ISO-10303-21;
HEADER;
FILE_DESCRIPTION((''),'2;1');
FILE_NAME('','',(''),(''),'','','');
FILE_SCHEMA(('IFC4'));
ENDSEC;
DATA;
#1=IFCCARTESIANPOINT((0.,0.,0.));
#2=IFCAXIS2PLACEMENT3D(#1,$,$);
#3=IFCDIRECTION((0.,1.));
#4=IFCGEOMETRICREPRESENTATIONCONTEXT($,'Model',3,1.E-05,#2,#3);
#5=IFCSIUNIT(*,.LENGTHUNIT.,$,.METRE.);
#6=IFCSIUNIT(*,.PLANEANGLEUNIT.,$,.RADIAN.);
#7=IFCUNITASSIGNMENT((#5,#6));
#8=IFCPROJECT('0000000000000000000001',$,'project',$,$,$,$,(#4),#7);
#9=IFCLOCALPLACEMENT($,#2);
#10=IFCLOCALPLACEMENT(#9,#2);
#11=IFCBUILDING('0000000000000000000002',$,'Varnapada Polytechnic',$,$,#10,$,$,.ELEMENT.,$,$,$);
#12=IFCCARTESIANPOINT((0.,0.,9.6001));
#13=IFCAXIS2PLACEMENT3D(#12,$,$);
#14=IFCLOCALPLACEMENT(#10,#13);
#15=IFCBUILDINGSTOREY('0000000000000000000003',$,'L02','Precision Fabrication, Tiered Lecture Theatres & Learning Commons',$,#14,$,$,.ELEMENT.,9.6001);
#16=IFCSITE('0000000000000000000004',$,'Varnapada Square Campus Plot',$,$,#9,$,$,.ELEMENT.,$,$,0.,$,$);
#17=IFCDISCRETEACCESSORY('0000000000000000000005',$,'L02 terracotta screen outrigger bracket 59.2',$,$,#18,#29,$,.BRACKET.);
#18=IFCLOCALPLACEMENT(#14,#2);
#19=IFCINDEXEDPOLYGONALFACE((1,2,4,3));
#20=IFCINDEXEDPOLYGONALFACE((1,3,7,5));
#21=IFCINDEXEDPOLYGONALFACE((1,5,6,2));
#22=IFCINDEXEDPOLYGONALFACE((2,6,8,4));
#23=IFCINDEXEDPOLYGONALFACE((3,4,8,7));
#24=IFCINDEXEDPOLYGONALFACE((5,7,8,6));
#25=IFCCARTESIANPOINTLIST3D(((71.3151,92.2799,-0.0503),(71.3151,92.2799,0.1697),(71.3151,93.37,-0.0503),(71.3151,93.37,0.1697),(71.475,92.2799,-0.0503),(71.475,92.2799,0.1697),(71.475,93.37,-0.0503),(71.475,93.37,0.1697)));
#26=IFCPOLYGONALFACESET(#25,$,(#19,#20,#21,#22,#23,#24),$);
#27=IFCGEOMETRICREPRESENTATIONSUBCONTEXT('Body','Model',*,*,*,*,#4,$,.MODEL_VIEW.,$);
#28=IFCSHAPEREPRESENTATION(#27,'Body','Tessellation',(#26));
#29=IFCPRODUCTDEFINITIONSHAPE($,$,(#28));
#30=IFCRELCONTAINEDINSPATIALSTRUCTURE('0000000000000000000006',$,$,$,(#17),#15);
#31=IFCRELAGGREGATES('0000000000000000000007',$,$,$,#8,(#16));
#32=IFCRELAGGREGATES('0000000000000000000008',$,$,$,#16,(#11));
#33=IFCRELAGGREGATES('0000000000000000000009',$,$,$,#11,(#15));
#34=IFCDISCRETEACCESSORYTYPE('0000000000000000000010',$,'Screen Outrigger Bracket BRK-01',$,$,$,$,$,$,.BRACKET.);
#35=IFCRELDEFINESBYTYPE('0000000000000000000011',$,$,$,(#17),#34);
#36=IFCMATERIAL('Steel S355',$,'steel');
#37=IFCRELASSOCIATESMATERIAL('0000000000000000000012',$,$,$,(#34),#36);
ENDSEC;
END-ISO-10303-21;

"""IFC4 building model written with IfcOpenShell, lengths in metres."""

from ifc_helpers import new_model, si_unit, direction, frame, origin, origin_2d, place, context, subcontext, project, spatial, rectangle, extrude, material, type_object, element, save


model = new_model("IFC4")

# Units and contexts
model_context = context("Model", 3, precision=1e-05, world=origin(), true_north=direction((0.0, 1.0)))
body_context = subcontext(model_context, "Body", "Model", "MODEL_VIEW")
ifc_project = project(units=[si_unit("LENGTHUNIT", "METRE"), si_unit("PLANEANGLEUNIT", "RADIAN")], contexts=[model_context])

# Site, building, storey
site_placement = place(None, origin())
site = spatial("IfcSite", under=ifc_project, at=site_placement, Name="Varnapada Square Campus Plot", CompositionType="ELEMENT", RefElevation=0.0)
building_placement = place(site_placement, origin())
building = spatial("IfcBuilding", under=site, at=building_placement, Name="Varnapada Polytechnic", CompositionType="ELEMENT")
storey_placement = place(building_placement, frame((0.0, 0.0, 9.6001)))
storey = spatial("IfcBuildingStorey", under=building, at=storey_placement, Name="L02", Description="Precision Fabrication, Tiered Lecture Theatres & Learning Commons", CompositionType="ELEMENT", Elevation=9.6001)

# Shared definitions
ifc_material_1 = material(Name="Steel S355", Category="steel")

# Discrete accessory
discrete_accessory_type = type_object("IfcDiscreteAccessoryType", Name="Screen Outrigger Bracket BRK-01", PredefinedType="BRACKET", material=ifc_material_1)
for number, where, z_axis, x_axis, name in (
    (1, (71.395, 92.825, -0.0503), (0.0, 0.0, 1.0), (1.0, 0.0, 0.0), "L02 terracotta screen outrigger bracket 59.2"),
):
    element("IfcDiscreteAccessory", number, at=place(storey_placement, frame(where, z_axis=z_axis, x_axis=x_axis)), inside=storey, type_object=discrete_accessory_type, Name=name, PredefinedType="BRACKET", context=body_context, shape_type="SweptSolid", body=[
        extrude(rectangle(XDim=0.1599, YDim=1.0901, at=origin_2d()), origin(), (0.0, 0.0, 1.0), 0.22),
    ])

save(model, "model.ifc")
